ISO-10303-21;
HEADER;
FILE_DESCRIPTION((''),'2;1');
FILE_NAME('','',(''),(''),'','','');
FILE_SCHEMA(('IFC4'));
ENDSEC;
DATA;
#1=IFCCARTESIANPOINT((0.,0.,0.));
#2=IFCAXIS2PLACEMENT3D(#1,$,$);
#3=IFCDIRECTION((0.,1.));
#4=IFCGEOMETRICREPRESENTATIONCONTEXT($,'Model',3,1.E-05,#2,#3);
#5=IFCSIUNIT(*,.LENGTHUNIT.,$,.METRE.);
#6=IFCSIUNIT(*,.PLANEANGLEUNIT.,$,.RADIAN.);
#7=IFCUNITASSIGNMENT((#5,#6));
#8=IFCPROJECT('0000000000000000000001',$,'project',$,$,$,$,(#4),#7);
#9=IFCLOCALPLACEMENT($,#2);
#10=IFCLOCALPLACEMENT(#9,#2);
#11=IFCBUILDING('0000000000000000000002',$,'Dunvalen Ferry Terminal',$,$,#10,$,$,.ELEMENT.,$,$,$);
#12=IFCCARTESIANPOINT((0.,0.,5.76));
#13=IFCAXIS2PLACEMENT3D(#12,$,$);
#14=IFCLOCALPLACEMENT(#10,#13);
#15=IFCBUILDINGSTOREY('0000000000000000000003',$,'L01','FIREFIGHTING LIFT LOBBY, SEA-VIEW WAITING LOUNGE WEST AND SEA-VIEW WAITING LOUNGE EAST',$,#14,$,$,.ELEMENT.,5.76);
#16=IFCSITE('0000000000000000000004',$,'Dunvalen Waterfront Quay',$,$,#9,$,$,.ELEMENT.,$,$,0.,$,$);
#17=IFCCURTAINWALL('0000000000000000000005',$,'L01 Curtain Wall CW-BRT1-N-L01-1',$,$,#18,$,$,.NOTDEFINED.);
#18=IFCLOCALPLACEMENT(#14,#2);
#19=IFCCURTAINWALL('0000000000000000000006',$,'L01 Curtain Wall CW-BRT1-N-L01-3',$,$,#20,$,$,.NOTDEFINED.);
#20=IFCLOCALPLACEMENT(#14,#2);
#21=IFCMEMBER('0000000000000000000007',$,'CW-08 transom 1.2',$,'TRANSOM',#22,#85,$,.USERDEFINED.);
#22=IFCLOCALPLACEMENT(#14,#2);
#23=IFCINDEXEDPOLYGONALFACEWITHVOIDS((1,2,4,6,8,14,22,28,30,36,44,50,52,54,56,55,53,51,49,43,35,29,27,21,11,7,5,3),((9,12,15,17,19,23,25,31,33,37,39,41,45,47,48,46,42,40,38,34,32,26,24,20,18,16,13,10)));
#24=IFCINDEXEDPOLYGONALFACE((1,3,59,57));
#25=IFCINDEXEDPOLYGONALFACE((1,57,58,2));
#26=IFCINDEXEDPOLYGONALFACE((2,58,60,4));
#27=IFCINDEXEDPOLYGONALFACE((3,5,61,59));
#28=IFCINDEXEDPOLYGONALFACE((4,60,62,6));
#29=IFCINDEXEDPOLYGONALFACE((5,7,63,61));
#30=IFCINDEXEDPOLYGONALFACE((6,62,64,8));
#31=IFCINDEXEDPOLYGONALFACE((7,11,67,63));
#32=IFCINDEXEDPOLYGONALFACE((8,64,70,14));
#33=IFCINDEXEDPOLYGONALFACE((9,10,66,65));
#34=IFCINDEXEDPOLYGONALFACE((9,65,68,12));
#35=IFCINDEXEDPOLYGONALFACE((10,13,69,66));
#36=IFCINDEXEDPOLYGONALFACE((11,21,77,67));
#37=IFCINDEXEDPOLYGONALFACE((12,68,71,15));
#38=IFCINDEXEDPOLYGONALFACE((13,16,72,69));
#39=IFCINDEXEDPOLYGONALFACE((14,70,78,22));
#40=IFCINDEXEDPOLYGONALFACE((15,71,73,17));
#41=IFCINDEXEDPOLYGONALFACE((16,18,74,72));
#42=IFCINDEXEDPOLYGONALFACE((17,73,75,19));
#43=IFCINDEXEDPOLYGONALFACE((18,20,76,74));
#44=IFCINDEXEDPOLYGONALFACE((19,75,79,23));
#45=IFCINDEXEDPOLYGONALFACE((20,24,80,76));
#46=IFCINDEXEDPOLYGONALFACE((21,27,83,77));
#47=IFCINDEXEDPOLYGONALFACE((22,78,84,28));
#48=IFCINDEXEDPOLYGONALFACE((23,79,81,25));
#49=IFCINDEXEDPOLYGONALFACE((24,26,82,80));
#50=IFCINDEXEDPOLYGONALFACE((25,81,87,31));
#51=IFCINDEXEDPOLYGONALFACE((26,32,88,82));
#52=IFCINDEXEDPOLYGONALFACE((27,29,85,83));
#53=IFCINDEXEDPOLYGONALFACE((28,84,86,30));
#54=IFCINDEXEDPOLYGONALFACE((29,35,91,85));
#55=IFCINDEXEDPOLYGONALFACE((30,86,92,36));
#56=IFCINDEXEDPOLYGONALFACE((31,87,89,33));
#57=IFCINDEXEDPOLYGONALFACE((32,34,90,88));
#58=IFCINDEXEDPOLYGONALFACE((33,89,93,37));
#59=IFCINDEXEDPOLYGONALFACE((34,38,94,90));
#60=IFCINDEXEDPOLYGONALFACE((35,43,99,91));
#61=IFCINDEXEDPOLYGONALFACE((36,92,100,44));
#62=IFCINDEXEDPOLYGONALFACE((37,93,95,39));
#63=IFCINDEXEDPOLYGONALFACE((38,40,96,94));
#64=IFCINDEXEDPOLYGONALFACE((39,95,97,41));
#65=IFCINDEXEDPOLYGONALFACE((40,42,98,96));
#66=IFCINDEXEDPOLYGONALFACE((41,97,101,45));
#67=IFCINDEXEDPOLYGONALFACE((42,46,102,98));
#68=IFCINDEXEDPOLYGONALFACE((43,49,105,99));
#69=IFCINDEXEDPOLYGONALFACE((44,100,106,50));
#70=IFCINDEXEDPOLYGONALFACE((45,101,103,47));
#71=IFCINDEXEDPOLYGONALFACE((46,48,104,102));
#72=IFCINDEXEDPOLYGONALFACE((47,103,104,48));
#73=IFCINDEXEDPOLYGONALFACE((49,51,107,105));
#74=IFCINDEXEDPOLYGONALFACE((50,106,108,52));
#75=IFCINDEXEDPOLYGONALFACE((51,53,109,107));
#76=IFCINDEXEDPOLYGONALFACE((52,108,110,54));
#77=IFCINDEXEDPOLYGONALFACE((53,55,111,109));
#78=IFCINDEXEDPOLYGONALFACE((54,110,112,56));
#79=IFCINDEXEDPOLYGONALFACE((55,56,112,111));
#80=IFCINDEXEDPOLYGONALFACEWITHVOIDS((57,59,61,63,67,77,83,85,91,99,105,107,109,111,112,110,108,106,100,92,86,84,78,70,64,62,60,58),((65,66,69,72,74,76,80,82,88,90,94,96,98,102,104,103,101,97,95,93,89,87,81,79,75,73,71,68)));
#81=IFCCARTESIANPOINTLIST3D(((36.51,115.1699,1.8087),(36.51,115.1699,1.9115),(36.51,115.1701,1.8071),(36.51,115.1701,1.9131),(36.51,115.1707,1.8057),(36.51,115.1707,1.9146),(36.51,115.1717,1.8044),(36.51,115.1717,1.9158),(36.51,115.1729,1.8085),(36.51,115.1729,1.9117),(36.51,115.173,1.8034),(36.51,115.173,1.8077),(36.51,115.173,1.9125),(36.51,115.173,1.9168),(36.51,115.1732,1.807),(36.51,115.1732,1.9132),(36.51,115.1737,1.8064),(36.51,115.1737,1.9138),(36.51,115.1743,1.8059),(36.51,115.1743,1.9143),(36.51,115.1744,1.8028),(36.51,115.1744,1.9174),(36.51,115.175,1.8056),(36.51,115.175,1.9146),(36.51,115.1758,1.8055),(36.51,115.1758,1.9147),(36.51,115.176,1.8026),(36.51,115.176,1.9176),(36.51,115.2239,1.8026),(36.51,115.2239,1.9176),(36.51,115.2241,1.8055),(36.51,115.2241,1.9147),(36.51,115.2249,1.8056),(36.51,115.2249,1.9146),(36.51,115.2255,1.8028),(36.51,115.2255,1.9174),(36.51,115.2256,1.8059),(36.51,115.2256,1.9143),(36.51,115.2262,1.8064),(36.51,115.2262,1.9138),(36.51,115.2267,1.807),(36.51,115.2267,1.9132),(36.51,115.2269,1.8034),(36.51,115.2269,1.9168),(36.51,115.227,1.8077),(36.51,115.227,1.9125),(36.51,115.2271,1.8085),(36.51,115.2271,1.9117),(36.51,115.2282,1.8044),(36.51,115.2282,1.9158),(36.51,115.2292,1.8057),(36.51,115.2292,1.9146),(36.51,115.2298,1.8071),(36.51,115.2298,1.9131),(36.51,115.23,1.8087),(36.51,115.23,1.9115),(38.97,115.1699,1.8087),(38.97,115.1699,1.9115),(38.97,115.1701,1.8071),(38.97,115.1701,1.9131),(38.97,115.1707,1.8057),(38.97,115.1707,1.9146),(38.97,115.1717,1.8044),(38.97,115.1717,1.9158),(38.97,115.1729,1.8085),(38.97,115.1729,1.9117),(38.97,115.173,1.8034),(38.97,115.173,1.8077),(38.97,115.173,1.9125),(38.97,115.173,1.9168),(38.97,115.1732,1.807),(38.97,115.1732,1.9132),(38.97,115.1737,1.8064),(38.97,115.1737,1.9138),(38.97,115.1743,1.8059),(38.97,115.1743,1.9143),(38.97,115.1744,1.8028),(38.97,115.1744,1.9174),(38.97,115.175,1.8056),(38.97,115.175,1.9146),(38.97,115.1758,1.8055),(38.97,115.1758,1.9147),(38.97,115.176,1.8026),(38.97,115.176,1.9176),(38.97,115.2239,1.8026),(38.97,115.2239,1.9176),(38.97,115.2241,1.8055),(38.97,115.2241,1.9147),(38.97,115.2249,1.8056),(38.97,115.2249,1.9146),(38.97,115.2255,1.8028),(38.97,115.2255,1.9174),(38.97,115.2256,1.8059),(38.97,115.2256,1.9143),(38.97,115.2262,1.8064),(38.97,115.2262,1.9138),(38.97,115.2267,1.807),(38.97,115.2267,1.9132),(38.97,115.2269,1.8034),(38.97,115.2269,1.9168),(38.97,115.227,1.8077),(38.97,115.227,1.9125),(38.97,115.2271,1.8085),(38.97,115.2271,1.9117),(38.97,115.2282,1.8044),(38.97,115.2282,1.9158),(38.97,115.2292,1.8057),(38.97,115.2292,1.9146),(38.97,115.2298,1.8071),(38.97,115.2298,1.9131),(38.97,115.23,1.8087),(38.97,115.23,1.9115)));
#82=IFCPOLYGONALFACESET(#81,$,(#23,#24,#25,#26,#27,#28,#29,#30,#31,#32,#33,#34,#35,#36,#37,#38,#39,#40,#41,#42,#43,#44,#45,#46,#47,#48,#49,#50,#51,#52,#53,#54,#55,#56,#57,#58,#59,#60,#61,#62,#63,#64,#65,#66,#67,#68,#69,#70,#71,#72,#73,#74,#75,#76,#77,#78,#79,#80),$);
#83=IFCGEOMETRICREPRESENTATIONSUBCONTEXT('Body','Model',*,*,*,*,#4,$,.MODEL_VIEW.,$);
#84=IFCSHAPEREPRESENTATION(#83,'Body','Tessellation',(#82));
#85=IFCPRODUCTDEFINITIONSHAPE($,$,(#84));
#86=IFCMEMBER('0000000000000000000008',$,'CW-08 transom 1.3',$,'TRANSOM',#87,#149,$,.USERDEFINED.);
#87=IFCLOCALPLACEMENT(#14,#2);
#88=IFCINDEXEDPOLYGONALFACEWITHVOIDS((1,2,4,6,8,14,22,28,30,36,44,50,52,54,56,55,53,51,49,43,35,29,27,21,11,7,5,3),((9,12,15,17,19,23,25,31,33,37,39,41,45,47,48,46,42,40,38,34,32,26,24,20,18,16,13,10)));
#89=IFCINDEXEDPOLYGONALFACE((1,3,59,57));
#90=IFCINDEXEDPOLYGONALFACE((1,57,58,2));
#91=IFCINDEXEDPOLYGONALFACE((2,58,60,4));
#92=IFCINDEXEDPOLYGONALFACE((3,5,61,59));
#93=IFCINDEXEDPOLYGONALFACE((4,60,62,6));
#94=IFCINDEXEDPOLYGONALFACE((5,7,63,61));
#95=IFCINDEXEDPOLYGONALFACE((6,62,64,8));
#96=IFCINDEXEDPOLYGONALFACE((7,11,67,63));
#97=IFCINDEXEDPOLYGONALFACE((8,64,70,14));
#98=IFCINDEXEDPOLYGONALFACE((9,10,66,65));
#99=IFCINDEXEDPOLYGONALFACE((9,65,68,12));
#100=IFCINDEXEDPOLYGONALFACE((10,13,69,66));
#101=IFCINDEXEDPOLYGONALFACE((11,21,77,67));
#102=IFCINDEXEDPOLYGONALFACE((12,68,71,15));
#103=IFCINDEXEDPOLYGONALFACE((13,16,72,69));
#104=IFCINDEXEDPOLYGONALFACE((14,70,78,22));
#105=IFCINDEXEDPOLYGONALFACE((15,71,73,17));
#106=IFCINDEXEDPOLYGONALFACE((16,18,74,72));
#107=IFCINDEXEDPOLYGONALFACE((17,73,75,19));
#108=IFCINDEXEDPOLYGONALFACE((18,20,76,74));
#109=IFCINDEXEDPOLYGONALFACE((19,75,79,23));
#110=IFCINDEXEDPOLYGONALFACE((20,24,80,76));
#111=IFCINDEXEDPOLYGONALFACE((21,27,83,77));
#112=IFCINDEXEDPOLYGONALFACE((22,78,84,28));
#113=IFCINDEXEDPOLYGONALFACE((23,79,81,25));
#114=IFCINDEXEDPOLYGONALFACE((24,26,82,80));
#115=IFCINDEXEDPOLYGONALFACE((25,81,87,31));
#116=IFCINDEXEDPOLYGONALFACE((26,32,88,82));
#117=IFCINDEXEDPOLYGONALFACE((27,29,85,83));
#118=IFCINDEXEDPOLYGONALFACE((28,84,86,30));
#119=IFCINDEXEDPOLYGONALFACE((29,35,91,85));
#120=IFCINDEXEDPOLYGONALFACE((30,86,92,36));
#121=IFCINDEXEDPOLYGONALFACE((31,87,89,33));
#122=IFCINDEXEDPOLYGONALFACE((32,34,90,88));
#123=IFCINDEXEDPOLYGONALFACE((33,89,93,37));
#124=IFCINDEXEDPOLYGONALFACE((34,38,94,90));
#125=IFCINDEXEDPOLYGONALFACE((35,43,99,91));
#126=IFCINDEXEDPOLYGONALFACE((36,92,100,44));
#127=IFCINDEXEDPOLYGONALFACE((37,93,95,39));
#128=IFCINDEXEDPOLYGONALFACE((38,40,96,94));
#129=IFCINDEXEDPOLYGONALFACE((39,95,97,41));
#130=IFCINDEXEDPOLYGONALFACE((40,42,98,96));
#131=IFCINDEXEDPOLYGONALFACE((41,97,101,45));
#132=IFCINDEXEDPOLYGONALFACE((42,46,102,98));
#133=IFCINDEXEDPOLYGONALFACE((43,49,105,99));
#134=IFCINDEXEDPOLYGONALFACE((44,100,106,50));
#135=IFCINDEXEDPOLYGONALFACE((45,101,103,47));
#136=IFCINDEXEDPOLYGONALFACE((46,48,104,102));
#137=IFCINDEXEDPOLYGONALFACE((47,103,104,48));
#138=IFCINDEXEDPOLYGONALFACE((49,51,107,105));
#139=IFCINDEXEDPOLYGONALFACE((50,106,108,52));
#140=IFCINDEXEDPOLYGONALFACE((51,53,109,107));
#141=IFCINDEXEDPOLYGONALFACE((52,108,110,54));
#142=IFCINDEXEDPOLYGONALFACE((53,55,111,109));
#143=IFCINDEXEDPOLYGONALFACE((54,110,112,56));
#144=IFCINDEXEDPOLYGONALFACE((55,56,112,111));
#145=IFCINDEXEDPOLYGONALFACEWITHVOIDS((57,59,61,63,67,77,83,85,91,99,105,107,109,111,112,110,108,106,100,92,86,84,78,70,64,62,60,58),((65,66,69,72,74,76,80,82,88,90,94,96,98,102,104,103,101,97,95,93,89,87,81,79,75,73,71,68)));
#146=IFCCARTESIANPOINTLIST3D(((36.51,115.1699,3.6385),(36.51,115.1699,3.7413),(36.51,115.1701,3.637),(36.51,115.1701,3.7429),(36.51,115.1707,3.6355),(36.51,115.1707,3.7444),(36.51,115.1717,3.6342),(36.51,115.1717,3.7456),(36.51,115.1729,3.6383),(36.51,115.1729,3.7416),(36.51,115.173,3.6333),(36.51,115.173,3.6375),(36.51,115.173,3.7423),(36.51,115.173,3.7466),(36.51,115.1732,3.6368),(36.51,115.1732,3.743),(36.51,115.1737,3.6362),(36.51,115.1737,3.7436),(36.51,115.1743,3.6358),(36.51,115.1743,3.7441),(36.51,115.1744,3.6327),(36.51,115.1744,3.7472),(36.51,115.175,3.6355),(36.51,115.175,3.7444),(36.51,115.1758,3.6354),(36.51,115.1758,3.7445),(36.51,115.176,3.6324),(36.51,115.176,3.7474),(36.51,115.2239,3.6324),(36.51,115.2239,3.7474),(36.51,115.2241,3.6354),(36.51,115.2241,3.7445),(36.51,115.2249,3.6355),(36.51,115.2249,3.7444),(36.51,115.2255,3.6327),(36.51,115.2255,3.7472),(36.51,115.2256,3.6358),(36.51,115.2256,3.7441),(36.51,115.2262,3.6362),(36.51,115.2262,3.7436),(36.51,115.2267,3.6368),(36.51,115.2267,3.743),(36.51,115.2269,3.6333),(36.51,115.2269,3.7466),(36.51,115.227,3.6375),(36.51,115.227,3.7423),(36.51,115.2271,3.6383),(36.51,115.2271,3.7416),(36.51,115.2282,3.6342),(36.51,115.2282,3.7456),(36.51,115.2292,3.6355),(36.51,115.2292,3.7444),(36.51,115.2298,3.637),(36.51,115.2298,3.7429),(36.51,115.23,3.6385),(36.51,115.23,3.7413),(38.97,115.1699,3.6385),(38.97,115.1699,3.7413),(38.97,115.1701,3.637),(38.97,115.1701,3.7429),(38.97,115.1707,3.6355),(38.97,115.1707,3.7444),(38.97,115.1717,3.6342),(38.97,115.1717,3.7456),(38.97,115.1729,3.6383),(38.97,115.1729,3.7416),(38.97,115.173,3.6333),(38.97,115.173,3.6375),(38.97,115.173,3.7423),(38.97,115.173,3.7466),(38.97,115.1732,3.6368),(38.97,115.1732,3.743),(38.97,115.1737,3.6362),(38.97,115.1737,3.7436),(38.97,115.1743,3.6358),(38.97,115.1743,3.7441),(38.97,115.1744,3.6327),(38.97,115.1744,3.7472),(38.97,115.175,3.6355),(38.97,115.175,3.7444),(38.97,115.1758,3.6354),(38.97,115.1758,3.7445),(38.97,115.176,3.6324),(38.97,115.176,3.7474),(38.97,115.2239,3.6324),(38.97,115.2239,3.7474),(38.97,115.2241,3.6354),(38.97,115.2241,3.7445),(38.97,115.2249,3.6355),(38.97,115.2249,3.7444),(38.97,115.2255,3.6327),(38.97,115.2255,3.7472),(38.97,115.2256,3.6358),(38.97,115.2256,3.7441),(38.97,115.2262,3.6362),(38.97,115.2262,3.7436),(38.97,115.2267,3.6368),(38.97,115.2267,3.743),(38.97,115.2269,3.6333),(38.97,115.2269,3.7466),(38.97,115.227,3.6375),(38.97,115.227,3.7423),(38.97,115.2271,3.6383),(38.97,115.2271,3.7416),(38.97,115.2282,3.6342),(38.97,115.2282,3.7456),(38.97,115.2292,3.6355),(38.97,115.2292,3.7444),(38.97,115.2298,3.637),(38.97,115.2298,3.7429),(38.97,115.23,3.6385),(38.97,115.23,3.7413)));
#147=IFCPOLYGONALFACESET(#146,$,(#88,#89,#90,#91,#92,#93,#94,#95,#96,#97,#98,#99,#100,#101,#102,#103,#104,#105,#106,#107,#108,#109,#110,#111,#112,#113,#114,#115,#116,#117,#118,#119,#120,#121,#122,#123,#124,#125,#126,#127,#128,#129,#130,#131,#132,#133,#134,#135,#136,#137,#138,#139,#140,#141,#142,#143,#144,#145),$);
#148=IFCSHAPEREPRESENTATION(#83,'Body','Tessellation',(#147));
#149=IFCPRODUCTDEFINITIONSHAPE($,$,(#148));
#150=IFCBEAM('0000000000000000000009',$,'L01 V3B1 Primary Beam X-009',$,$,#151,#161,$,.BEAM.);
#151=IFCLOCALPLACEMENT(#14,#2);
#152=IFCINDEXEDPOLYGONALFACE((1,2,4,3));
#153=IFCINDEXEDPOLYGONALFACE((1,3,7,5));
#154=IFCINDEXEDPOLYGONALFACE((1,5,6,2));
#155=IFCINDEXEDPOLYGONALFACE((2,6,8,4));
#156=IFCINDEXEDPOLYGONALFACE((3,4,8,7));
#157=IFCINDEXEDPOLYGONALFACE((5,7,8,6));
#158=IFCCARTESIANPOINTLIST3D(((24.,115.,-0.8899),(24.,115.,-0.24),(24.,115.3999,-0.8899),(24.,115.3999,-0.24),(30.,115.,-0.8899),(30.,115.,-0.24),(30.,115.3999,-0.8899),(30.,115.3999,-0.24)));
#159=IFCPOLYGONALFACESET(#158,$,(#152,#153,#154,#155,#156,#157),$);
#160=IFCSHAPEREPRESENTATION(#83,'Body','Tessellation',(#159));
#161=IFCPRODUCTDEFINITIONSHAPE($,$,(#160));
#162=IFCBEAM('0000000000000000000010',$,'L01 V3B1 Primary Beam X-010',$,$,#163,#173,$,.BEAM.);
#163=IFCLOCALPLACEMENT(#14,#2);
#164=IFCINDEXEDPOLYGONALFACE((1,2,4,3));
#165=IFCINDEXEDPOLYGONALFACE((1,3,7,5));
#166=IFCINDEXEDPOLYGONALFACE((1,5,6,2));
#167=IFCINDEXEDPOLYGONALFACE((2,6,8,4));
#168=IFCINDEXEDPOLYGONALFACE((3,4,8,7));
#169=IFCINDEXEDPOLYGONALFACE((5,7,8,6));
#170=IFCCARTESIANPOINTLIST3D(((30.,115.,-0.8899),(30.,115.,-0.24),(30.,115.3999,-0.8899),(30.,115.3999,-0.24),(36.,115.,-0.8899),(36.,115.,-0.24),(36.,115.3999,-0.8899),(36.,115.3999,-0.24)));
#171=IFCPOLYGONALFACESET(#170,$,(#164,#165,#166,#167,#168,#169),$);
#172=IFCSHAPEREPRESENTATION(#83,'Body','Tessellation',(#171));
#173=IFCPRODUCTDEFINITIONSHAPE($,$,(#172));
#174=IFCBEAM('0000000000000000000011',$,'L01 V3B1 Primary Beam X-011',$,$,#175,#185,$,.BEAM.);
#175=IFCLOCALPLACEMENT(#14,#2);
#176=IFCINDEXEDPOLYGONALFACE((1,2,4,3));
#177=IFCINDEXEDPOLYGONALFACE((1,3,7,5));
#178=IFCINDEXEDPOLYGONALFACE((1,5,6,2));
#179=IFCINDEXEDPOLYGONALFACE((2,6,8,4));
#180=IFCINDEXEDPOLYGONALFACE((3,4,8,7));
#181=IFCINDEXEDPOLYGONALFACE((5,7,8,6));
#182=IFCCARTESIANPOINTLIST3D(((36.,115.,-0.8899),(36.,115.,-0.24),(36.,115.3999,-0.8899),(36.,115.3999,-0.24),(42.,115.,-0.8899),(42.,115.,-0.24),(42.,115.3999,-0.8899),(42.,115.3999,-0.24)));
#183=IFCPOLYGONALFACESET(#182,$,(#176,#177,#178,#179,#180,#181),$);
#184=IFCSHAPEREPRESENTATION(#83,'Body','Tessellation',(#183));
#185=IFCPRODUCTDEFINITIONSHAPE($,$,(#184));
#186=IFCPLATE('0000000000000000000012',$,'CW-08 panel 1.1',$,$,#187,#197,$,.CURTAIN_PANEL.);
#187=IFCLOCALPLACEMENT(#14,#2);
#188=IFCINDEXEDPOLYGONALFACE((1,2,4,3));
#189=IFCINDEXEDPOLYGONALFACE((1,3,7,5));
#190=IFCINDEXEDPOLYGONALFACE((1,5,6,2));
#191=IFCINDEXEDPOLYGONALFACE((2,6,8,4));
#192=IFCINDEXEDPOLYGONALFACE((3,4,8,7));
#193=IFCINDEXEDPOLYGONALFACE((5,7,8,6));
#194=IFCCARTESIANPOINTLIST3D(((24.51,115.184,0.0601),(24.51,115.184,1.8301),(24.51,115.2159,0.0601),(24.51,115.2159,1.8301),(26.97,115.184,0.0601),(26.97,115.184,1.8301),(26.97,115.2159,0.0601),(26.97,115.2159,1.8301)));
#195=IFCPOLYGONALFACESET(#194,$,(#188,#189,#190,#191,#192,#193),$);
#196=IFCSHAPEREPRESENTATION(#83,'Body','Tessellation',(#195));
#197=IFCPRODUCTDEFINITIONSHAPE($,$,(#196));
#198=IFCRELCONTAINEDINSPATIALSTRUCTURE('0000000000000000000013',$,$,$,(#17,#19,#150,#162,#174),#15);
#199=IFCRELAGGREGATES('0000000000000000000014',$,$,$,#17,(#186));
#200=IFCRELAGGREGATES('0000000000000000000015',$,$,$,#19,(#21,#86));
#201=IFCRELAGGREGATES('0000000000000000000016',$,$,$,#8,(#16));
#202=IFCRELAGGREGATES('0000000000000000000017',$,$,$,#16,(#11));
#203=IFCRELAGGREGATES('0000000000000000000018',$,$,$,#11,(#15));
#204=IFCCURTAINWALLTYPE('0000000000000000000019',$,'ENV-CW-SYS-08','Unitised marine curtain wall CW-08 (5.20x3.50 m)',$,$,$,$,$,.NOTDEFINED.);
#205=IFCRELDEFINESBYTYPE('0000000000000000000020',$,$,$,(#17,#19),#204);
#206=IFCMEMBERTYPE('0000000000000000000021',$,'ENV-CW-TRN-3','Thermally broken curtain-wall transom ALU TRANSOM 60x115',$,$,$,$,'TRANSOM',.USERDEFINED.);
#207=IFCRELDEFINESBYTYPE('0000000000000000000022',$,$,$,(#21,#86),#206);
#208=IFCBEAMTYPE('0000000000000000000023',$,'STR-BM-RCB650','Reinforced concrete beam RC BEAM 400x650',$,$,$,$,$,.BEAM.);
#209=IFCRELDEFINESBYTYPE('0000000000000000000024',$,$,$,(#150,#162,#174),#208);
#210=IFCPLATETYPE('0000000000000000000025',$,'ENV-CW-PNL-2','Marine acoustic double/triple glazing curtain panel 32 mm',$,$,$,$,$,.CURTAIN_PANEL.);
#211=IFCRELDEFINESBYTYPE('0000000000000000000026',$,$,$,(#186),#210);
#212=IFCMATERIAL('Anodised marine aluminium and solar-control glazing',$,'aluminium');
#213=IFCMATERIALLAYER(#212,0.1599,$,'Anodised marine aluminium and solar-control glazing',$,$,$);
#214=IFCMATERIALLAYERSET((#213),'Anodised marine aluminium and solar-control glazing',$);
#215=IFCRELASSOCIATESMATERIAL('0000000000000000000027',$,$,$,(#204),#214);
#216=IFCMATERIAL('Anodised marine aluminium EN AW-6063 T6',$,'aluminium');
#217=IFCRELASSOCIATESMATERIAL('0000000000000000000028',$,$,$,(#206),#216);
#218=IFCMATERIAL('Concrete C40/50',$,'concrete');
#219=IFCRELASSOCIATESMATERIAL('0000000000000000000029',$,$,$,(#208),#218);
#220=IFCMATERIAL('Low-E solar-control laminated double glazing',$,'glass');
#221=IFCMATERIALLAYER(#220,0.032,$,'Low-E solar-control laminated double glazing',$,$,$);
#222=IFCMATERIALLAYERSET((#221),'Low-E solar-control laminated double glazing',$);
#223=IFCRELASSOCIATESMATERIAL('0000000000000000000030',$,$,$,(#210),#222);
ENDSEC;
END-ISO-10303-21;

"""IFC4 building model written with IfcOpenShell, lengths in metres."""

from ifc_helpers import new_model, si_unit, direction, frame, origin, origin_2d, place, context, subcontext, project, spatial, rectangle, hollow_rectangle, extrude, material, layer, layer_set, material_profile, profile_set, type_object, element, aggregate, save


model = new_model("IFC4")

# Units and contexts
model_context = context("Model", 3, precision=1e-05, world=origin(), true_north=direction((0.0, 1.0)))
body_context = subcontext(model_context, "Body", "Model", "MODEL_VIEW")
ifc_project = project(units=[si_unit("LENGTHUNIT", "METRE"), si_unit("PLANEANGLEUNIT", "RADIAN")], contexts=[model_context])

# Site, building, storey
site_placement = place(None, origin())
site = spatial("IfcSite", under=ifc_project, at=site_placement, Name="Dunvalen Waterfront Quay", CompositionType="ELEMENT", RefElevation=0.0)
building_placement = place(site_placement, origin())
building = spatial("IfcBuilding", under=site, at=building_placement, Name="Dunvalen Ferry Terminal", CompositionType="ELEMENT")
storey_placement = place(building_placement, frame((0.0, 0.0, 5.76)))
storey = spatial("IfcBuildingStorey", under=building, at=storey_placement, Name="L01", Description="FIREFIGHTING LIFT LOBBY, SEA-VIEW WAITING LOUNGE WEST AND SEA-VIEW WAITING LOUNGE EAST", CompositionType="ELEMENT", Elevation=5.76)

# Curtain wall
ifc_material_1 = material(Name="Anodised marine aluminium and solar-control glazing", Category="aluminium")
ifc_layer_1 = layer(ifc_material_1, 0.1599, Name="Anodised marine aluminium and solar-control glazing")
ifc_layer_set_1 = layer_set([ifc_layer_1], Name="Anodised marine aluminium and solar-control glazing")
curtain_wall_type = type_object("IfcCurtainWallType", Name="ENV-CW-SYS-08", Description="Unitised marine curtain wall CW-08 (5.20x3.50 m)", PredefinedType="NOTDEFINED", material=ifc_layer_set_1)
curtain_wall_1_placement = place(storey_placement, origin())
curtain_wall_1 = element("IfcCurtainWall", 1, at=curtain_wall_1_placement, inside=storey, type_object=curtain_wall_type, Name="L01 Curtain Wall CW-BRT1-N-L01-1", PredefinedType="NOTDEFINED")
ifc_material_2 = material(Name="Anodised marine aluminium EN AW-6063 T6", Category="aluminium")

# Curtain wall
curtain_wall_2_placement = place(storey_placement, origin())
curtain_wall_2 = element("IfcCurtainWall", 2, at=curtain_wall_2_placement, inside=storey, type_object=curtain_wall_type, Name="L01 Curtain Wall CW-BRT1-N-L01-3", PredefinedType="NOTDEFINED")

# Members
ifc_material_profile_1 = material_profile(ifc_material_2, hollow_rectangle(XDim=0.0601, YDim=0.115, WallThickness=0.0029, InnerFilletRadius=0.0029, OuterFilletRadius=0.0061, at=origin_2d()), Name="Anodised marine aluminium EN AW-6063 T6")
ifc_profile_set_1 = profile_set([ifc_material_profile_1], Name="Anodised marine aluminium EN AW-6063 T6")
member_type_1 = type_object("IfcMemberType", Name="ENV-CW-TRN-3", Description="Thermally broken curtain-wall transom ALU TRANSOM 60x115", ElementType="TRANSOM", PredefinedType="USERDEFINED", material=ifc_profile_set_1)
member_1_placement = place(storey_placement, frame((36.51, 115.2, 1.8601), z_axis=(1.0, 0.0, 0.0), x_axis=(0.0, 1.0, 0.0)))
member_1 = element("IfcMember", 3, at=member_1_placement, type_object=member_type_1, Name="CW-08 transom 1.2", ObjectType="TRANSOM", PredefinedType="USERDEFINED", context=body_context, shape_type="SweptSolid", body=[
    extrude(hollow_rectangle(XDim=0.0601, YDim=0.115, WallThickness=0.0029, InnerFilletRadius=0.0029, OuterFilletRadius=0.0061, at=origin_2d()), origin(), (0.0, 0.0, 1.0), 2.46),
])
member_2_placement = place(storey_placement, frame((36.51, 115.2, 3.6899), z_axis=(1.0, 0.0, 0.0), x_axis=(0.0, 1.0, 0.0)))
member_2 = element("IfcMember", 4, at=member_2_placement, type_object=member_type_1, Name="CW-08 transom 1.3", ObjectType="TRANSOM", PredefinedType="USERDEFINED", context=body_context, shape_type="SweptSolid", body=[
    extrude(hollow_rectangle(XDim=0.0601, YDim=0.115, WallThickness=0.0029, InnerFilletRadius=0.0029, OuterFilletRadius=0.0061, at=origin_2d()), origin(), (0.0, 0.0, 1.0), 2.46),
])

# Beams
ifc_material_3 = material(Name="Concrete C40/50", Category="concrete")
ifc_material_profile_2 = material_profile(ifc_material_3, rectangle(XDim=0.3999, YDim=0.6499, at=origin_2d()), Name="Concrete C40/50")
ifc_profile_set_2 = profile_set([ifc_material_profile_2], Name="Concrete C40/50")
beam_type = type_object("IfcBeamType", Name="STR-BM-RCB650", Description="Reinforced concrete beam RC BEAM 400x650", PredefinedType="BEAM", material=ifc_profile_set_2)
for number, where, z_axis, x_axis, name in (
    (5, (24.0, 115.2, -0.5649), (1.0, 0.0, 0.0), (0.0, 1.0, 0.0), "L01 V3B1 Primary Beam X-009"),
    (6, (30.0, 115.2, -0.5649), (1.0, 0.0, 0.0), (0.0, 1.0, 0.0), "L01 V3B1 Primary Beam X-010"),
    (7, (36.0, 115.2, -0.5649), (1.0, 0.0, 0.0), (0.0, 1.0, 0.0), "L01 V3B1 Primary Beam X-011"),
):
    element("IfcBeam", number, at=place(storey_placement, frame(where, z_axis=z_axis, x_axis=x_axis)), inside=storey, type_object=beam_type, Name=name, PredefinedType="BEAM", context=body_context, shape_type="SweptSolid", body=[
        extrude(rectangle(XDim=0.3999, YDim=0.6499, at=origin_2d()), origin(), (0.0, 0.0, 1.0), 6.0),
    ])

# Plate
ifc_material_4 = material(Name="Low-E solar-control laminated double glazing", Category="glass")
ifc_layer_2 = layer(ifc_material_4, 0.032, Name="Low-E solar-control laminated double glazing")
ifc_layer_set_2 = layer_set([ifc_layer_2], Name="Low-E solar-control laminated double glazing")
plate_type = type_object("IfcPlateType", Name="ENV-CW-PNL-2", Description="Marine acoustic double/triple glazing curtain panel 32 mm", PredefinedType="CURTAIN_PANEL", material=ifc_layer_set_2)
plate_1_placement = place(storey_placement, frame((25.74, 115.2, 0.0601), z_axis=(0.0, 0.0, 1.0), x_axis=(1.0, 0.0, 0.0)))
plate_1 = element("IfcPlate", 8, at=plate_1_placement, type_object=plate_type, Name="CW-08 panel 1.1", PredefinedType="CURTAIN_PANEL", context=body_context, shape_type="SweptSolid", body=[
    extrude(rectangle(XDim=2.46, YDim=0.032, at=origin_2d()), origin(), (0.0, 0.0, 1.0), 1.77),
])
aggregate(curtain_wall_1, [plate_1])
aggregate(curtain_wall_2, [member_1, member_2])

save(model, "model.ifc")
